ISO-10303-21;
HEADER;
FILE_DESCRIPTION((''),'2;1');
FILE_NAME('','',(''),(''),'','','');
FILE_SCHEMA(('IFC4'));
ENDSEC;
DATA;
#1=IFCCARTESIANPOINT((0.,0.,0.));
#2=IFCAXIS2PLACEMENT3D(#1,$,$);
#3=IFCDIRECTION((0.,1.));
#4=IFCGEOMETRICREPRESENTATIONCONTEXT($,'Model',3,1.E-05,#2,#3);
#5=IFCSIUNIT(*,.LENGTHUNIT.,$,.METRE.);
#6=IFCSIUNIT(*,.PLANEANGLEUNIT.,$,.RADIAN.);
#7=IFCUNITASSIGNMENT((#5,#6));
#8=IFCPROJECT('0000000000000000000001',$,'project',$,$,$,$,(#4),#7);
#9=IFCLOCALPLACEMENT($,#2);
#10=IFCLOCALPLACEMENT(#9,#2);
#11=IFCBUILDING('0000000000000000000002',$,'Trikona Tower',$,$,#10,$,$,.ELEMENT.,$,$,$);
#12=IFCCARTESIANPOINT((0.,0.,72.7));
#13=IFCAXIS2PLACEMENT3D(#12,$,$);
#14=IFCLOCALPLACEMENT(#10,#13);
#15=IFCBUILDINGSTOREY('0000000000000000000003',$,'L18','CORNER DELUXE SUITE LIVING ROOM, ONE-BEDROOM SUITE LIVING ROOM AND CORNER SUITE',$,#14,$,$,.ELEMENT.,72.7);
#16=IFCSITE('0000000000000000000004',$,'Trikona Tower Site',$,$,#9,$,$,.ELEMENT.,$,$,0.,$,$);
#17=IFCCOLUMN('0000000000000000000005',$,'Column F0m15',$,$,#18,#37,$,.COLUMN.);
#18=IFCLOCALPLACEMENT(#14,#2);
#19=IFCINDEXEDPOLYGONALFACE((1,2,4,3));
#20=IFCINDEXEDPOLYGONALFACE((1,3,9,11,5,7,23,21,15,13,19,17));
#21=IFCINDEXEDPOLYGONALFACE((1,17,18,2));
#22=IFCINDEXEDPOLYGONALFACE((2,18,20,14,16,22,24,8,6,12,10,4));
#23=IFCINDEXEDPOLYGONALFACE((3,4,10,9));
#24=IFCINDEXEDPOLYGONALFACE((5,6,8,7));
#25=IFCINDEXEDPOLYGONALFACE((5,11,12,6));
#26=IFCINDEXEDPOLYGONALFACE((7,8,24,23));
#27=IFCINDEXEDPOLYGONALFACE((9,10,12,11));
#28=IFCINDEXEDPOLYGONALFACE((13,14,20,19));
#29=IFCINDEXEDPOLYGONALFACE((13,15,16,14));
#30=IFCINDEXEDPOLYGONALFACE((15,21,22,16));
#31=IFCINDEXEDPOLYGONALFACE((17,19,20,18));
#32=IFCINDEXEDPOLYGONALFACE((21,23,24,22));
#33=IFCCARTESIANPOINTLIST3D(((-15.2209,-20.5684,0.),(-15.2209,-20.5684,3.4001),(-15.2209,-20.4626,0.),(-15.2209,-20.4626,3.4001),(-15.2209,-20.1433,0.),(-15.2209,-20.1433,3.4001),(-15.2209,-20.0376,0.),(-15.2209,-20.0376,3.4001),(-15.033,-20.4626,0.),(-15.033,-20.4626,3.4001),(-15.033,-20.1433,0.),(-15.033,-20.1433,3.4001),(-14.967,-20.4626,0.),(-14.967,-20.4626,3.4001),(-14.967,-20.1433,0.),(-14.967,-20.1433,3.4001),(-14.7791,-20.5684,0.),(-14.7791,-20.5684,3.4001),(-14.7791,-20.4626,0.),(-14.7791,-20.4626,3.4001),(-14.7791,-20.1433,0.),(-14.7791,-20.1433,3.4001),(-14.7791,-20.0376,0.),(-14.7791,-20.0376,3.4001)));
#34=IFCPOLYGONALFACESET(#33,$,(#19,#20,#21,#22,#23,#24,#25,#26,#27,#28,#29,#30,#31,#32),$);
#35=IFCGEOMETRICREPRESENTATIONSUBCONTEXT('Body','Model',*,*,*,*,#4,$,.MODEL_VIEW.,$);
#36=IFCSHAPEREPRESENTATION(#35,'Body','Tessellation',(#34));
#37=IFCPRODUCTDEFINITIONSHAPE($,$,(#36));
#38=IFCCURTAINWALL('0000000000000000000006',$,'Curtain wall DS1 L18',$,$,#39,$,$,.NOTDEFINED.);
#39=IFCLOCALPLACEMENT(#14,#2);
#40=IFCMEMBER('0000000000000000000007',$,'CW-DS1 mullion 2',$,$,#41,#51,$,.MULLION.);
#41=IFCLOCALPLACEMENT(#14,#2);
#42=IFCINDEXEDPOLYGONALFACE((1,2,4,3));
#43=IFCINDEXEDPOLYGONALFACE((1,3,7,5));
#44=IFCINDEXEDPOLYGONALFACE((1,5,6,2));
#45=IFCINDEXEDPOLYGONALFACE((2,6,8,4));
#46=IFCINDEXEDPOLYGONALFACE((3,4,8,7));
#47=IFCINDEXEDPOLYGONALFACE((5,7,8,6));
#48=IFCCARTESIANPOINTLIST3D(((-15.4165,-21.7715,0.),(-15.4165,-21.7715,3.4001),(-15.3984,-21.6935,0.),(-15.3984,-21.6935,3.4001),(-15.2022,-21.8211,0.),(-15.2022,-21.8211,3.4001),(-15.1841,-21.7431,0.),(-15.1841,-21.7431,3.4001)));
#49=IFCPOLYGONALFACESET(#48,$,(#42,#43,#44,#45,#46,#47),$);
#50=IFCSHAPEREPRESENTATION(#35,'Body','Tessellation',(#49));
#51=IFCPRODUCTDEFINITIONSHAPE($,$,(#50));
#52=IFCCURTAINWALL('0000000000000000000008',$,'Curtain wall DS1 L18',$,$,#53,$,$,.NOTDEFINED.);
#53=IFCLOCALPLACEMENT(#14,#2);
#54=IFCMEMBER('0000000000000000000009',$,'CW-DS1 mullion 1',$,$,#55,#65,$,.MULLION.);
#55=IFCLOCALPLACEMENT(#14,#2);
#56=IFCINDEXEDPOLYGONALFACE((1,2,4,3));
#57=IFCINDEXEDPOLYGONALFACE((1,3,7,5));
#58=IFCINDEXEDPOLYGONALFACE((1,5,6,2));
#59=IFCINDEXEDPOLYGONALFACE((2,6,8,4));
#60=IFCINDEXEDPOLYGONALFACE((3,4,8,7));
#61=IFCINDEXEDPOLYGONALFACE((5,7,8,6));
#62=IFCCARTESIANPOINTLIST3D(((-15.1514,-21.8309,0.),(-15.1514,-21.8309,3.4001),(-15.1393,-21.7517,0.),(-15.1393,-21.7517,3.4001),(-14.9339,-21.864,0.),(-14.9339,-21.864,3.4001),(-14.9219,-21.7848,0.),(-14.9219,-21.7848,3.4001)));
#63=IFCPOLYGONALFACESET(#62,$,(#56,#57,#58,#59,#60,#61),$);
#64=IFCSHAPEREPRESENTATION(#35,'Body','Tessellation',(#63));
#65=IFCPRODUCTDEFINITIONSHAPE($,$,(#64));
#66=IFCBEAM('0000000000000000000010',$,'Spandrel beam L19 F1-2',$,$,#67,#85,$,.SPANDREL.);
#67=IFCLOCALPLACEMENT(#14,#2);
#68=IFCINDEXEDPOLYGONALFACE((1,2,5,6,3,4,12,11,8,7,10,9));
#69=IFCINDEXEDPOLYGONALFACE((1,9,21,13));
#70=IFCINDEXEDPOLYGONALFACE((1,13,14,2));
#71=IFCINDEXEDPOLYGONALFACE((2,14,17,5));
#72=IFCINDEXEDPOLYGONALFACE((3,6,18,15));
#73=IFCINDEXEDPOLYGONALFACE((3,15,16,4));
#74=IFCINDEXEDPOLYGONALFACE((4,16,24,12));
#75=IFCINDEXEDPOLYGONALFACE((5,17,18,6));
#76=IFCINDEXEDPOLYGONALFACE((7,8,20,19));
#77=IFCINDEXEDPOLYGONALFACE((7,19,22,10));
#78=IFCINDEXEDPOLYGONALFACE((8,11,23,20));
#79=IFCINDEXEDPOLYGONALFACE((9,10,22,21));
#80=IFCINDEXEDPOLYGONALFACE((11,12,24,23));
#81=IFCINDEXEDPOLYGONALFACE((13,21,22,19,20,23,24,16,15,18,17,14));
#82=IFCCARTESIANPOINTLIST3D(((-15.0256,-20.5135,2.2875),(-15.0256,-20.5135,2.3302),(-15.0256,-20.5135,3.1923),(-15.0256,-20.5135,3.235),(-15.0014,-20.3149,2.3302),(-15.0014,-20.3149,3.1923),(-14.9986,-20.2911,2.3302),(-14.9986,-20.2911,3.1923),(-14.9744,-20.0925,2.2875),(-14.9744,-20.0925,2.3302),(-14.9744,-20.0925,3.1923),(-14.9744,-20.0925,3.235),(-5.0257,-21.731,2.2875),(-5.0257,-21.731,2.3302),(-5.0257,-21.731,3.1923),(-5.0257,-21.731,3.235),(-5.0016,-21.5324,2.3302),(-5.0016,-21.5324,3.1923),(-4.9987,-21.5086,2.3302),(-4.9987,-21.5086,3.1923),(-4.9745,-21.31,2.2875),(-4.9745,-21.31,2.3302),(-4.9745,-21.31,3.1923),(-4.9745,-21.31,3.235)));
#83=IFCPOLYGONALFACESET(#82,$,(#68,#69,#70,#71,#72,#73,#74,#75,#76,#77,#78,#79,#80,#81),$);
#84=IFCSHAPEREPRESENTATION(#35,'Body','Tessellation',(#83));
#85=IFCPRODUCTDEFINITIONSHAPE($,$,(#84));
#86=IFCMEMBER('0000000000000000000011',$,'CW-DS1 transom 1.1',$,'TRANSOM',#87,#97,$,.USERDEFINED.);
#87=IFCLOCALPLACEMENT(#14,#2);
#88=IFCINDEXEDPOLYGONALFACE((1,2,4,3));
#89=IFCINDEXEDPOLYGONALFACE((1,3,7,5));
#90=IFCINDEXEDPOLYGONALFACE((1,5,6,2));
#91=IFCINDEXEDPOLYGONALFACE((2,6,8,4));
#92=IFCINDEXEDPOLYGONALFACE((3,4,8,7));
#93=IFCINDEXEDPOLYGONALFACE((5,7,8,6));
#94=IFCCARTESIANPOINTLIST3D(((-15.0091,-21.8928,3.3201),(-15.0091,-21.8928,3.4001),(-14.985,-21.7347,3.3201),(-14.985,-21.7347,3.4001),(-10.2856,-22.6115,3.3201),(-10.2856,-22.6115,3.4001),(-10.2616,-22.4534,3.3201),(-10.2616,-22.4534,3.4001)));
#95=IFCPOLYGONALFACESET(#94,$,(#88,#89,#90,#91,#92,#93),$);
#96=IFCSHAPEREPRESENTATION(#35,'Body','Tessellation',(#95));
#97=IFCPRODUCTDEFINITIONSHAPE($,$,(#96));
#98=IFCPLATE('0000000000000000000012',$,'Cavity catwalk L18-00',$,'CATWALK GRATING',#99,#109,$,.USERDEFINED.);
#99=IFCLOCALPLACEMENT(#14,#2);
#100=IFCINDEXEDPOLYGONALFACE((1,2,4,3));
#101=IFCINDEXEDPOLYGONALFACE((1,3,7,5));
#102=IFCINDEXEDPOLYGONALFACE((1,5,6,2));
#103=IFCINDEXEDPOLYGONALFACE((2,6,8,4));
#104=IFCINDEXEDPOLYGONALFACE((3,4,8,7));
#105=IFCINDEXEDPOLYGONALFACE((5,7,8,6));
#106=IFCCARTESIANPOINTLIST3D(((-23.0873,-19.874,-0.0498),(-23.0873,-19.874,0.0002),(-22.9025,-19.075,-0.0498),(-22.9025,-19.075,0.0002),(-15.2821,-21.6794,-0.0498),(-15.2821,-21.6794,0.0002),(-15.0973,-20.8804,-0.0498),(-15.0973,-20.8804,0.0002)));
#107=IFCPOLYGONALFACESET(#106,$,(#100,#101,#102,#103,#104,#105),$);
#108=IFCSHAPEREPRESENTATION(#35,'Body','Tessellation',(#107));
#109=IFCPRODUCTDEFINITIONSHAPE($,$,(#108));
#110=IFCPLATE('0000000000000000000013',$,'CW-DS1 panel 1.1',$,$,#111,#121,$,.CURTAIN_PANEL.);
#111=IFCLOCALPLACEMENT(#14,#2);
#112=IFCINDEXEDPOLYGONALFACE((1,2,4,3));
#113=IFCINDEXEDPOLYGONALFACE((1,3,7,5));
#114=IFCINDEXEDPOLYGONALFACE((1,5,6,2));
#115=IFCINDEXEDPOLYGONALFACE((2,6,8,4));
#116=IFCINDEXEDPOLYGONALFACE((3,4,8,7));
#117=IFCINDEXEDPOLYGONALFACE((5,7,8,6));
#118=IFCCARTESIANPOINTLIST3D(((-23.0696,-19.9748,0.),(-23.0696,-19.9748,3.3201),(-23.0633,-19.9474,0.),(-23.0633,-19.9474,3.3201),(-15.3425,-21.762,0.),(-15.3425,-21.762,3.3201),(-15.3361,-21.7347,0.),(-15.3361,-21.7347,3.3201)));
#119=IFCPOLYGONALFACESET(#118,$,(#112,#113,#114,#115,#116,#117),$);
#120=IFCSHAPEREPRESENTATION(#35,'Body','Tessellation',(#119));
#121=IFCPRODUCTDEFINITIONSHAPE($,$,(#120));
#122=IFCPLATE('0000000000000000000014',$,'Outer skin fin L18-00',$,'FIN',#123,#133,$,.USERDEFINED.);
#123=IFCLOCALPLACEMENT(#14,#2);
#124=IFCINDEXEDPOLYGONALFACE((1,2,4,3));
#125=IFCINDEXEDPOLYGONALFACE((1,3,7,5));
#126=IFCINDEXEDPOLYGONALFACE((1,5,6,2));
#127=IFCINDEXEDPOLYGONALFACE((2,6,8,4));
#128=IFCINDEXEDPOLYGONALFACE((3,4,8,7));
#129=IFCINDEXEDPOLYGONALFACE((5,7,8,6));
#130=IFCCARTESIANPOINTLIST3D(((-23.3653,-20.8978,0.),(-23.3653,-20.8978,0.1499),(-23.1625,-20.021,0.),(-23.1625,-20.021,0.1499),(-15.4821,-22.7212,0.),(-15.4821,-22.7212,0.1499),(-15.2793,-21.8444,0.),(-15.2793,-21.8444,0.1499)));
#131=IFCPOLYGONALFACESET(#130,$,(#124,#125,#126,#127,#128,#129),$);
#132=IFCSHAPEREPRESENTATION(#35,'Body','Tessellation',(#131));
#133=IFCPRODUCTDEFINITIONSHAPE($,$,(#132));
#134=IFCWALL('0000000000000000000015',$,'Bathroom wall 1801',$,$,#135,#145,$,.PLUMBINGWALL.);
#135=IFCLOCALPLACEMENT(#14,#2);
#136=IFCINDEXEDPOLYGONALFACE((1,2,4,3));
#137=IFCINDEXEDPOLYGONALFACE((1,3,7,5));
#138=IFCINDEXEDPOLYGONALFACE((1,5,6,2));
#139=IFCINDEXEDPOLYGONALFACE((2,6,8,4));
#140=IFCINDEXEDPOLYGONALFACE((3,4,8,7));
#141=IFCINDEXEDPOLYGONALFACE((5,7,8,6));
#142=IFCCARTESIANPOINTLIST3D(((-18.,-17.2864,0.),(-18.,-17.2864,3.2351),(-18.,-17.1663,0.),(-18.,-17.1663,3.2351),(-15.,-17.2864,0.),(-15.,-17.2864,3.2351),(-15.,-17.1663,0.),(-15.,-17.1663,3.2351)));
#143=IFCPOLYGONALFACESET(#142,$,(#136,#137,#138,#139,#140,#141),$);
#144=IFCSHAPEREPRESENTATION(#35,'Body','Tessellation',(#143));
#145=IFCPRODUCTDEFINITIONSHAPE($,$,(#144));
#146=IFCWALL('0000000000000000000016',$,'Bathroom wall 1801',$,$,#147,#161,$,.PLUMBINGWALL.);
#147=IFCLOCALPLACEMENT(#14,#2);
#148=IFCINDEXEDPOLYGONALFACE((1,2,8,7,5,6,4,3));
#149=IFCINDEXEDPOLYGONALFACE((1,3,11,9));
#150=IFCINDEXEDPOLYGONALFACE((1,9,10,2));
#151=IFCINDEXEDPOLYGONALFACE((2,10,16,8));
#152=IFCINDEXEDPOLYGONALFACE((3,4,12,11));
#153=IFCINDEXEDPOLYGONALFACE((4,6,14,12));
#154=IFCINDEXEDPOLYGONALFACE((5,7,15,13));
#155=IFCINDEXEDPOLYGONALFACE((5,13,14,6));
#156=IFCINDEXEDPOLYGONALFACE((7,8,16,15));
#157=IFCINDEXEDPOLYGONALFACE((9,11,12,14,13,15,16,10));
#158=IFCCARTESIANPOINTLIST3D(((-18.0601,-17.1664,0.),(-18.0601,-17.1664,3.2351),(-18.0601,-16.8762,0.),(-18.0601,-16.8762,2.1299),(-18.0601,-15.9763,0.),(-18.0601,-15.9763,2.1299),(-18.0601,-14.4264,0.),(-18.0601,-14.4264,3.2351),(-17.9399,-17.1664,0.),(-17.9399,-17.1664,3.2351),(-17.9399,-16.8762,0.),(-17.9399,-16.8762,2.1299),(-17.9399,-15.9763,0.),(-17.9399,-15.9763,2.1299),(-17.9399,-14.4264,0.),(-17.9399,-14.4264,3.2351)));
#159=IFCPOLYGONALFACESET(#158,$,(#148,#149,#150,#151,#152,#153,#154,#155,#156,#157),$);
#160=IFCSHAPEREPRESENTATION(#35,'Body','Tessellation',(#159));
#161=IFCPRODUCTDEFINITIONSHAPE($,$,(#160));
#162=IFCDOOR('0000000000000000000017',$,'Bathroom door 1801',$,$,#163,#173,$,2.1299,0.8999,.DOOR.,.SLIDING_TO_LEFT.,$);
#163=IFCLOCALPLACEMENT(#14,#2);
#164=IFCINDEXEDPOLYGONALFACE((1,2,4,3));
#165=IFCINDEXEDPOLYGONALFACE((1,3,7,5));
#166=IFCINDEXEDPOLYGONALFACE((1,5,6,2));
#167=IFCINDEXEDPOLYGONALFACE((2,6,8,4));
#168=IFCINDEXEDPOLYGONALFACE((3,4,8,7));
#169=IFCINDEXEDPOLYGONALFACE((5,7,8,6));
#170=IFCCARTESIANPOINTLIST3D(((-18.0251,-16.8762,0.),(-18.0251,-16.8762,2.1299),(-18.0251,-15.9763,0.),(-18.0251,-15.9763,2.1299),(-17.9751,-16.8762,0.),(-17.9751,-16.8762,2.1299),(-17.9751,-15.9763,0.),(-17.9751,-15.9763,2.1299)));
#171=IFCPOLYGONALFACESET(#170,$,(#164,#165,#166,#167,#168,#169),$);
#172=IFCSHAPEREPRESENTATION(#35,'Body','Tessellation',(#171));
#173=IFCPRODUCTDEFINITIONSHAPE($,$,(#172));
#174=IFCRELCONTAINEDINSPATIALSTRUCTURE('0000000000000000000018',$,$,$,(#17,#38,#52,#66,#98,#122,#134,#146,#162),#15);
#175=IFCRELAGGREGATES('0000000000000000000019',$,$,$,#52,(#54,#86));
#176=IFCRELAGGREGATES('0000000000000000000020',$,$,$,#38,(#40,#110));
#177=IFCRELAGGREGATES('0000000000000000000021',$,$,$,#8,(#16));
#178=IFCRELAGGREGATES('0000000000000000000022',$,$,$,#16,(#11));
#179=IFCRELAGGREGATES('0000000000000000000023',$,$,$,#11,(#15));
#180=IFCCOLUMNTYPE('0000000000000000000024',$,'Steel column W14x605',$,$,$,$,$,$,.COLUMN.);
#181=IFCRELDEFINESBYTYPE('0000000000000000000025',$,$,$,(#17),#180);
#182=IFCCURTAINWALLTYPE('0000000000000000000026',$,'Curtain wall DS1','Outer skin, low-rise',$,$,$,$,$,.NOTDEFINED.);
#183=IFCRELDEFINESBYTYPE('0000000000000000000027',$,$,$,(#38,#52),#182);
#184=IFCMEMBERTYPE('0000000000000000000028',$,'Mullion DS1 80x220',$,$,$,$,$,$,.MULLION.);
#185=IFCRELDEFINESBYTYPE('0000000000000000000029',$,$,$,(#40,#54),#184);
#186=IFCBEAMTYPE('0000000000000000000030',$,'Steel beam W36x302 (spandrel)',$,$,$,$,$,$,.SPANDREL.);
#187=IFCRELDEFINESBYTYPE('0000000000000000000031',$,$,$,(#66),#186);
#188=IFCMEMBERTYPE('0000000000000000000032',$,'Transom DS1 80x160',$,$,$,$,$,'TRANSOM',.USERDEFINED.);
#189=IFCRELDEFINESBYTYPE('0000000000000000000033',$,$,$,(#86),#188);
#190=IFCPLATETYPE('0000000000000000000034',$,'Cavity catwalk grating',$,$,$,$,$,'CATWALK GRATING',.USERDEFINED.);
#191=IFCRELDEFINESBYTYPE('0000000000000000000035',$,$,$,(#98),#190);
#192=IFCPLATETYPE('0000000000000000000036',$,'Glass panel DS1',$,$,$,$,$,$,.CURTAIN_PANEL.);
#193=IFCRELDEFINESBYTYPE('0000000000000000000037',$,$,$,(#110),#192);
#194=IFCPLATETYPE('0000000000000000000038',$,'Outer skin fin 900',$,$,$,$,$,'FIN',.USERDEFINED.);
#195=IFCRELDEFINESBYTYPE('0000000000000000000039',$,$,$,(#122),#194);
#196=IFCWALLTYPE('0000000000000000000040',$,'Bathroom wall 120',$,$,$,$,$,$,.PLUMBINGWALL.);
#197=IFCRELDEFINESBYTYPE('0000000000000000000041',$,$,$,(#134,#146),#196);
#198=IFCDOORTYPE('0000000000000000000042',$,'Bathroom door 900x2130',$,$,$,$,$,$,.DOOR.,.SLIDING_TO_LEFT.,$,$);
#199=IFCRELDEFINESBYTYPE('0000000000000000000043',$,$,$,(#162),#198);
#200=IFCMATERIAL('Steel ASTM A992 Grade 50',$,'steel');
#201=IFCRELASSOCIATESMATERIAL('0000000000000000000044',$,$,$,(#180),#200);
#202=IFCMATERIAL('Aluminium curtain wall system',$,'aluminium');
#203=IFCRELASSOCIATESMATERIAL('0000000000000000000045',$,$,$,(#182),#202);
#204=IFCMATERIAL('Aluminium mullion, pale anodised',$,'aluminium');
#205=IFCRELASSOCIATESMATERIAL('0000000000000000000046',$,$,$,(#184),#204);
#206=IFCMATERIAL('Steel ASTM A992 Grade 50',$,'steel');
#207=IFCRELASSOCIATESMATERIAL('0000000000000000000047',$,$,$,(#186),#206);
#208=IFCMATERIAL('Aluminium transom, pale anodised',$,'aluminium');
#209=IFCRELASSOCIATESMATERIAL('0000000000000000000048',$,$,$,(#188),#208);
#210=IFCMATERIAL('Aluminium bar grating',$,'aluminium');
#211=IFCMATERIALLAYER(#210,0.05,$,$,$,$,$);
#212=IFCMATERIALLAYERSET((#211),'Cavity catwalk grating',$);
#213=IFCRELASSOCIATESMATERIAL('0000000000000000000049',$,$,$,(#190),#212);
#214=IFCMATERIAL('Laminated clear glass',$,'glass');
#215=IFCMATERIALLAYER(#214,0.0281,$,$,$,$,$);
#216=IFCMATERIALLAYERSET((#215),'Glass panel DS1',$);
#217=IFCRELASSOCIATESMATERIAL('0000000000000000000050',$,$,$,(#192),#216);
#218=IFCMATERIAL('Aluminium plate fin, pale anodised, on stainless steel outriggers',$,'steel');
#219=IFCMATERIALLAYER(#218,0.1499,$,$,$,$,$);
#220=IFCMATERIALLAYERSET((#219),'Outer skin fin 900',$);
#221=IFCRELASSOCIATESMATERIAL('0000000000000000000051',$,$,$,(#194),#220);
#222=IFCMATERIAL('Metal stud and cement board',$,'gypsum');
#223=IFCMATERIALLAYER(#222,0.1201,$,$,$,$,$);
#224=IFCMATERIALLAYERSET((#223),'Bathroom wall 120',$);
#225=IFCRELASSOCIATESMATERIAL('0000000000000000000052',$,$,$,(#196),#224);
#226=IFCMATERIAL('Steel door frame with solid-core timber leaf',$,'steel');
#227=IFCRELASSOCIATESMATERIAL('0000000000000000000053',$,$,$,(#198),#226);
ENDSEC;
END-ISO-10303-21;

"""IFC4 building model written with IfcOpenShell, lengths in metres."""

from ifc_helpers import new_model, si_unit, direction, frame, frame_2d, origin, origin_2d, place, context, subcontext, project, spatial, rectangle, i_section, extrude, material, layer, layer_set, material_profile, profile_set, type_object, element, fill, aggregate, save


model = new_model("IFC4")

# Units and contexts
model_context = context("Model", 3, precision=1e-05, world=origin(), true_north=direction((0.0, 1.0)))
body_context = subcontext(model_context, "Body", "Model", "MODEL_VIEW")
ifc_project = project(units=[si_unit("LENGTHUNIT", "METRE"), si_unit("PLANEANGLEUNIT", "RADIAN")], contexts=[model_context])

# Site, building, storey
site_placement = place(None, origin())
site = spatial("IfcSite", under=ifc_project, at=site_placement, Name="Trikona Tower Site", CompositionType="ELEMENT", RefElevation=0.0)
building_placement = place(site_placement, origin())
building = spatial("IfcBuilding", under=site, at=building_placement, Name="Trikona Tower", CompositionType="ELEMENT")
storey_placement = place(building_placement, frame((0.0, 0.0, 72.7)))
storey = spatial("IfcBuildingStorey", under=building, at=storey_placement, Name="L18", Description="CORNER DELUXE SUITE LIVING ROOM, ONE-BEDROOM SUITE LIVING ROOM AND CORNER SUITE", CompositionType="ELEMENT", Elevation=72.7)

# Column
ifc_material_1 = material(Name="Steel ASTM A992 Grade 50", Category="steel")
ifc_material_profile_1 = material_profile(ifc_material_1, i_section(OverallWidth=0.4419, OverallDepth=0.5308, WebThickness=0.0659, FlangeThickness=0.1057, at=origin_2d()), Name="W14X605")
ifc_profile_set_1 = profile_set([ifc_material_profile_1], Name="Steel ASTM A992 Grade 50")
column_type = type_object("IfcColumnType", Name="Steel column W14x605", PredefinedType="COLUMN", material=ifc_profile_set_1)
column_placement = place(storey_placement, frame((-15.0, -20.303, 0.0), z_axis=(0.0, 0.0, 1.0), x_axis=(1.0, 0.0, 0.0)))
element("IfcColumn", 1, at=column_placement, inside=storey, type_object=column_type, Name="Column F0m15", PredefinedType="COLUMN", context=body_context, shape_type="SweptSolid", body=[
    extrude(i_section(OverallWidth=0.4419, OverallDepth=0.5308, WebThickness=0.0659, FlangeThickness=0.1057, at=origin_2d()), origin(), (0.0, 0.0, 1.0), 3.4001),
])

# Curtain walls, members
ifc_material_2 = material(Name="Aluminium curtain wall system", Category="aluminium")
curtain_wall_type = type_object("IfcCurtainWallType", Name="Curtain wall DS1", Description="Outer skin, low-rise", PredefinedType="NOTDEFINED", material=ifc_material_2)
curtain_wall_1_placement = place(storey_placement, origin())
curtain_wall_1 = element("IfcCurtainWall", 2, at=curtain_wall_1_placement, inside=storey, type_object=curtain_wall_type, Name="Curtain wall DS1 L18", PredefinedType="NOTDEFINED")
ifc_material_3 = material(Name="Aluminium mullion, pale anodised", Category="aluminium")
ifc_material_profile_2 = material_profile(ifc_material_3, rectangle(XDim=0.0801, YDim=0.22, at=origin_2d()), Name="MUL-DS1")
ifc_profile_set_2 = profile_set([ifc_material_profile_2], Name="Aluminium mullion, pale anodised")
member_type_1 = type_object("IfcMemberType", Name="Mullion DS1 80x220", PredefinedType="MULLION", material=ifc_profile_set_2)
member_1_placement = place(storey_placement, frame((-15.3003, -21.7573, 0.0), z_axis=(0.0, 0.0, 1.0), x_axis=(0.225343, 0.974279, 0.0)))
member_1 = element("IfcMember", 3, at=member_1_placement, type_object=member_type_1, Name="CW-DS1 mullion 2", PredefinedType="MULLION", context=body_context, shape_type="SweptSolid", body=[
    extrude(rectangle(XDim=0.0801, YDim=0.22, at=origin_2d()), origin(), (0.0, 0.0, 1.0), 3.4001),
])
curtain_wall_2_placement = place(storey_placement, origin())
curtain_wall_2 = element("IfcCurtainWall", 4, at=curtain_wall_2_placement, inside=storey, type_object=curtain_wall_type, Name="Curtain wall DS1 L18", PredefinedType="NOTDEFINED")
member_2_placement = place(storey_placement, frame((-15.0366, -21.8079, 0.0), z_axis=(0.0, 0.0, 1.0), x_axis=(0.150438, 0.988619, 0.0)))
member_2 = element("IfcMember", 5, at=member_2_placement, type_object=member_type_1, Name="CW-DS1 mullion 1", PredefinedType="MULLION", context=body_context, shape_type="SweptSolid", body=[
    extrude(rectangle(XDim=0.0801, YDim=0.22, at=origin_2d()), origin(), (0.0, 0.0, 1.0), 3.4001),
])

# Beam
ifc_material_4 = material(Name="Steel ASTM A992 Grade 50", Category="steel")
ifc_material_profile_3 = material_profile(ifc_material_4, i_section(OverallWidth=0.4241, OverallDepth=0.9475, WebThickness=0.0239, FlangeThickness=0.0427, at=origin_2d()), Name="W36X302")
ifc_profile_set_3 = profile_set([ifc_material_profile_3], Name="Steel ASTM A992 Grade 50")
beam_type = type_object("IfcBeamType", Name="Steel beam W36x302 (spandrel)", PredefinedType="SPANDREL", material=ifc_profile_set_3)
beam_placement = place(storey_placement, frame((-15.0, -20.303, 2.7612), z_axis=(0.99267, -0.12086, 0.0), x_axis=(0.12086, 0.99267, 0.0)))
element("IfcBeam", 6, at=beam_placement, inside=storey, type_object=beam_type, Name="Spandrel beam L19 F1-2", PredefinedType="SPANDREL", context=body_context, shape_type="SweptSolid", body=[
    extrude(i_section(OverallWidth=0.4241, OverallDepth=0.9475, WebThickness=0.0239, FlangeThickness=0.0427, at=origin_2d()), origin(), (0.0, 0.0, 1.0), 10.0737),
])

# Member
ifc_material_5 = material(Name="Aluminium transom, pale anodised", Category="aluminium")
ifc_material_profile_4 = material_profile(ifc_material_5, rectangle(XDim=0.1599, YDim=0.0801, at=origin_2d()), Name="TRN-DS1")
ifc_profile_set_4 = profile_set([ifc_material_profile_4], Name="Aluminium transom, pale anodised")
member_type_2 = type_object("IfcMemberType", Name="Transom DS1 80x160", ElementType="TRANSOM", PredefinedType="USERDEFINED", material=ifc_profile_set_4)
member_3_placement = place(storey_placement, frame((-14.9971, -21.8137, 3.3601), z_axis=(0.98862, -0.150437, 0.0), x_axis=(0.150437, 0.98862, 0.0)))
member_3 = element("IfcMember", 7, at=member_3_placement, type_object=member_type_2, Name="CW-DS1 transom 1.1", ObjectType="TRANSOM", PredefinedType="USERDEFINED", context=body_context, shape_type="SweptSolid", body=[
    extrude(rectangle(XDim=0.1599, YDim=0.0801, at=origin_2d()), origin(), (0.0, 0.0, 1.0), 4.7778),
])
aggregate(curtain_wall_2, [member_2, member_3])

# Plates
ifc_material_6 = material(Name="Aluminium bar grating", Category="aluminium")
ifc_layer_1 = layer(ifc_material_6, 0.05)
ifc_layer_set_1 = layer_set([ifc_layer_1], Name="Cavity catwalk grating")
plate_type_1 = type_object("IfcPlateType", Name="Cavity catwalk grating", ElementType="CATWALK GRATING", PredefinedType="USERDEFINED", material=ifc_layer_set_1)
plate_1_placement = place(storey_placement, frame((-19.0923, -20.3772, -0.0498), z_axis=(0.0, 0.0, 1.0), x_axis=(0.974278, -0.225351, 0.0)))
element("IfcPlate", 8, at=plate_1_placement, inside=storey, type_object=plate_type_1, Name="Cavity catwalk L18-00", ObjectType="CATWALK GRATING", PredefinedType="USERDEFINED", context=body_context, shape_type="SweptSolid", body=[
    extrude(rectangle(XDim=8.0112, YDim=0.8201, at=origin_2d()), origin(), (0.0, 0.0, 1.0), 0.05),
])
ifc_material_7 = material(Name="Laminated clear glass", Category="glass")
ifc_layer_2 = layer(ifc_material_7, 0.0281)
ifc_layer_set_2 = layer_set([ifc_layer_2], Name="Glass panel DS1")
plate_type_2 = type_object("IfcPlateType", Name="Glass panel DS1", PredefinedType="CURTAIN_PANEL", material=ifc_layer_set_2)
plate_2_placement = place(storey_placement, frame((-19.2029, -20.8547, 0.0), z_axis=(0.0, 0.0, 1.0), x_axis=(0.974279, -0.225343, 0.0)))
plate_2 = element("IfcPlate", 9, at=plate_2_placement, type_object=plate_type_2, Name="CW-DS1 panel 1.1", PredefinedType="CURTAIN_PANEL", context=body_context, shape_type="SweptSolid", body=[
    extrude(rectangle(XDim=7.9312, YDim=0.0281, at=origin_2d()), origin(), (0.0, 0.0, 1.0), 3.3201),
])
aggregate(curtain_wall_1, [member_1, plate_2])
ifc_material_8 = material(Name="Aluminium plate fin, pale anodised, on stainless steel outriggers", Category="steel")
ifc_layer_3 = layer(ifc_material_8, 0.1499)
ifc_layer_set_3 = layer_set([ifc_layer_3], Name="Outer skin fin 900")
plate_type_3 = type_object("IfcPlateType", Name="Outer skin fin 900", ElementType="FIN", PredefinedType="USERDEFINED", material=ifc_layer_set_3)
plate_3_placement = place(storey_placement, frame((-19.3223, -21.3711, 0.0), z_axis=(0.0, 0.0, 1.0), x_axis=(0.974278, -0.225351, 0.0)))
element("IfcPlate", 10, at=plate_3_placement, inside=storey, type_object=plate_type_3, Name="Outer skin fin L18-00", ObjectType="FIN", PredefinedType="USERDEFINED", context=body_context, shape_type="SweptSolid", body=[
    extrude(rectangle(XDim=8.0913, YDim=0.8999, at=origin_2d()), origin(), (0.0, 0.0, 1.0), 0.1499),
])

# Wall
ifc_material_9 = material(Name="Metal stud and cement board", Category="gypsum")
ifc_layer_4 = layer(ifc_material_9, 0.1201)
ifc_layer_set_4 = layer_set([ifc_layer_4], Name="Bathroom wall 120")
wall_type_1 = type_object("IfcWallType", Name="Bathroom wall 120", PredefinedType="PLUMBINGWALL", material=ifc_layer_set_4)
wall_1_placement = place(storey_placement, frame((-18.0, -17.2263, 0.0), z_axis=(0.0, 0.0, 1.0), x_axis=(1.0, 0.0, 0.0)))
element("IfcWall", 11, at=wall_1_placement, inside=storey, type_object=wall_type_1, Name="Bathroom wall 1801", PredefinedType="PLUMBINGWALL", context=body_context, shape_type="SweptSolid", body=[
    extrude(rectangle(XDim=3.0, YDim=0.1201, at=frame_2d((1.5, 0.0))), origin(), (0.0, 0.0, 1.0), 3.2351),
])

# Wall, opening, door
wall_2_placement = place(storey_placement, frame((-18.0, -14.4263, 0.0), z_axis=(0.0, 0.0, 1.0), x_axis=(0.0, -1.0, 0.0)))
wall_2 = element("IfcWall", 12, at=wall_2_placement, inside=storey, type_object=wall_type_1, Name="Bathroom wall 1801", PredefinedType="PLUMBINGWALL", context=body_context, shape_type="SweptSolid", body=[
    extrude(rectangle(XDim=2.74, YDim=0.1201, at=frame_2d((1.3701, 0.0))), origin(), (0.0, 0.0, 1.0), 3.2351),
])
opening_1_placement = place(wall_2_placement, frame((1.55, 0.0, 0.0)))
opening_1 = element("IfcOpeningElement", 13, at=opening_1_placement, cuts=wall_2, PredefinedType="OPENING", context=body_context, shape_type="SweptSolid", body=[
    extrude(rectangle(XDim=0.8999, YDim=2.1299, at=frame_2d((0.45, 1.0649))), frame((0.0, 0.0701, 0.0), z_axis=(0.0, -1.0, 0.0), x_axis=(1.0, 0.0, 0.0)), (0.0, 0.0, 1.0), 0.1401),
])
ifc_material_10 = material(Name="Steel door frame with solid-core timber leaf", Category="steel")
door_type = type_object("IfcDoorType", Name="Bathroom door 900x2130", OperationType="SLIDING_TO_LEFT", PredefinedType="DOOR", material=ifc_material_10)
door_placement = place(opening_1_placement, origin())
door = element("IfcDoor", 14, at=door_placement, inside=storey, type_object=door_type, Name="Bathroom door 1801", OperationType="SLIDING_TO_LEFT", OverallHeight=2.1299, OverallWidth=0.8999, PredefinedType="DOOR", context=body_context, shape_type="SweptSolid", body=[
    extrude(rectangle(XDim=0.8999, YDim=2.1299, at=frame_2d((0.45, 1.0649))), frame((0.0, 0.0249, 0.0), z_axis=(0.0, -1.0, 0.0), x_axis=(1.0, 0.0, 0.0)), (0.0, 0.0, 1.0), 0.05),
])
fill(opening_1, door)

save(model, "model.ifc")
